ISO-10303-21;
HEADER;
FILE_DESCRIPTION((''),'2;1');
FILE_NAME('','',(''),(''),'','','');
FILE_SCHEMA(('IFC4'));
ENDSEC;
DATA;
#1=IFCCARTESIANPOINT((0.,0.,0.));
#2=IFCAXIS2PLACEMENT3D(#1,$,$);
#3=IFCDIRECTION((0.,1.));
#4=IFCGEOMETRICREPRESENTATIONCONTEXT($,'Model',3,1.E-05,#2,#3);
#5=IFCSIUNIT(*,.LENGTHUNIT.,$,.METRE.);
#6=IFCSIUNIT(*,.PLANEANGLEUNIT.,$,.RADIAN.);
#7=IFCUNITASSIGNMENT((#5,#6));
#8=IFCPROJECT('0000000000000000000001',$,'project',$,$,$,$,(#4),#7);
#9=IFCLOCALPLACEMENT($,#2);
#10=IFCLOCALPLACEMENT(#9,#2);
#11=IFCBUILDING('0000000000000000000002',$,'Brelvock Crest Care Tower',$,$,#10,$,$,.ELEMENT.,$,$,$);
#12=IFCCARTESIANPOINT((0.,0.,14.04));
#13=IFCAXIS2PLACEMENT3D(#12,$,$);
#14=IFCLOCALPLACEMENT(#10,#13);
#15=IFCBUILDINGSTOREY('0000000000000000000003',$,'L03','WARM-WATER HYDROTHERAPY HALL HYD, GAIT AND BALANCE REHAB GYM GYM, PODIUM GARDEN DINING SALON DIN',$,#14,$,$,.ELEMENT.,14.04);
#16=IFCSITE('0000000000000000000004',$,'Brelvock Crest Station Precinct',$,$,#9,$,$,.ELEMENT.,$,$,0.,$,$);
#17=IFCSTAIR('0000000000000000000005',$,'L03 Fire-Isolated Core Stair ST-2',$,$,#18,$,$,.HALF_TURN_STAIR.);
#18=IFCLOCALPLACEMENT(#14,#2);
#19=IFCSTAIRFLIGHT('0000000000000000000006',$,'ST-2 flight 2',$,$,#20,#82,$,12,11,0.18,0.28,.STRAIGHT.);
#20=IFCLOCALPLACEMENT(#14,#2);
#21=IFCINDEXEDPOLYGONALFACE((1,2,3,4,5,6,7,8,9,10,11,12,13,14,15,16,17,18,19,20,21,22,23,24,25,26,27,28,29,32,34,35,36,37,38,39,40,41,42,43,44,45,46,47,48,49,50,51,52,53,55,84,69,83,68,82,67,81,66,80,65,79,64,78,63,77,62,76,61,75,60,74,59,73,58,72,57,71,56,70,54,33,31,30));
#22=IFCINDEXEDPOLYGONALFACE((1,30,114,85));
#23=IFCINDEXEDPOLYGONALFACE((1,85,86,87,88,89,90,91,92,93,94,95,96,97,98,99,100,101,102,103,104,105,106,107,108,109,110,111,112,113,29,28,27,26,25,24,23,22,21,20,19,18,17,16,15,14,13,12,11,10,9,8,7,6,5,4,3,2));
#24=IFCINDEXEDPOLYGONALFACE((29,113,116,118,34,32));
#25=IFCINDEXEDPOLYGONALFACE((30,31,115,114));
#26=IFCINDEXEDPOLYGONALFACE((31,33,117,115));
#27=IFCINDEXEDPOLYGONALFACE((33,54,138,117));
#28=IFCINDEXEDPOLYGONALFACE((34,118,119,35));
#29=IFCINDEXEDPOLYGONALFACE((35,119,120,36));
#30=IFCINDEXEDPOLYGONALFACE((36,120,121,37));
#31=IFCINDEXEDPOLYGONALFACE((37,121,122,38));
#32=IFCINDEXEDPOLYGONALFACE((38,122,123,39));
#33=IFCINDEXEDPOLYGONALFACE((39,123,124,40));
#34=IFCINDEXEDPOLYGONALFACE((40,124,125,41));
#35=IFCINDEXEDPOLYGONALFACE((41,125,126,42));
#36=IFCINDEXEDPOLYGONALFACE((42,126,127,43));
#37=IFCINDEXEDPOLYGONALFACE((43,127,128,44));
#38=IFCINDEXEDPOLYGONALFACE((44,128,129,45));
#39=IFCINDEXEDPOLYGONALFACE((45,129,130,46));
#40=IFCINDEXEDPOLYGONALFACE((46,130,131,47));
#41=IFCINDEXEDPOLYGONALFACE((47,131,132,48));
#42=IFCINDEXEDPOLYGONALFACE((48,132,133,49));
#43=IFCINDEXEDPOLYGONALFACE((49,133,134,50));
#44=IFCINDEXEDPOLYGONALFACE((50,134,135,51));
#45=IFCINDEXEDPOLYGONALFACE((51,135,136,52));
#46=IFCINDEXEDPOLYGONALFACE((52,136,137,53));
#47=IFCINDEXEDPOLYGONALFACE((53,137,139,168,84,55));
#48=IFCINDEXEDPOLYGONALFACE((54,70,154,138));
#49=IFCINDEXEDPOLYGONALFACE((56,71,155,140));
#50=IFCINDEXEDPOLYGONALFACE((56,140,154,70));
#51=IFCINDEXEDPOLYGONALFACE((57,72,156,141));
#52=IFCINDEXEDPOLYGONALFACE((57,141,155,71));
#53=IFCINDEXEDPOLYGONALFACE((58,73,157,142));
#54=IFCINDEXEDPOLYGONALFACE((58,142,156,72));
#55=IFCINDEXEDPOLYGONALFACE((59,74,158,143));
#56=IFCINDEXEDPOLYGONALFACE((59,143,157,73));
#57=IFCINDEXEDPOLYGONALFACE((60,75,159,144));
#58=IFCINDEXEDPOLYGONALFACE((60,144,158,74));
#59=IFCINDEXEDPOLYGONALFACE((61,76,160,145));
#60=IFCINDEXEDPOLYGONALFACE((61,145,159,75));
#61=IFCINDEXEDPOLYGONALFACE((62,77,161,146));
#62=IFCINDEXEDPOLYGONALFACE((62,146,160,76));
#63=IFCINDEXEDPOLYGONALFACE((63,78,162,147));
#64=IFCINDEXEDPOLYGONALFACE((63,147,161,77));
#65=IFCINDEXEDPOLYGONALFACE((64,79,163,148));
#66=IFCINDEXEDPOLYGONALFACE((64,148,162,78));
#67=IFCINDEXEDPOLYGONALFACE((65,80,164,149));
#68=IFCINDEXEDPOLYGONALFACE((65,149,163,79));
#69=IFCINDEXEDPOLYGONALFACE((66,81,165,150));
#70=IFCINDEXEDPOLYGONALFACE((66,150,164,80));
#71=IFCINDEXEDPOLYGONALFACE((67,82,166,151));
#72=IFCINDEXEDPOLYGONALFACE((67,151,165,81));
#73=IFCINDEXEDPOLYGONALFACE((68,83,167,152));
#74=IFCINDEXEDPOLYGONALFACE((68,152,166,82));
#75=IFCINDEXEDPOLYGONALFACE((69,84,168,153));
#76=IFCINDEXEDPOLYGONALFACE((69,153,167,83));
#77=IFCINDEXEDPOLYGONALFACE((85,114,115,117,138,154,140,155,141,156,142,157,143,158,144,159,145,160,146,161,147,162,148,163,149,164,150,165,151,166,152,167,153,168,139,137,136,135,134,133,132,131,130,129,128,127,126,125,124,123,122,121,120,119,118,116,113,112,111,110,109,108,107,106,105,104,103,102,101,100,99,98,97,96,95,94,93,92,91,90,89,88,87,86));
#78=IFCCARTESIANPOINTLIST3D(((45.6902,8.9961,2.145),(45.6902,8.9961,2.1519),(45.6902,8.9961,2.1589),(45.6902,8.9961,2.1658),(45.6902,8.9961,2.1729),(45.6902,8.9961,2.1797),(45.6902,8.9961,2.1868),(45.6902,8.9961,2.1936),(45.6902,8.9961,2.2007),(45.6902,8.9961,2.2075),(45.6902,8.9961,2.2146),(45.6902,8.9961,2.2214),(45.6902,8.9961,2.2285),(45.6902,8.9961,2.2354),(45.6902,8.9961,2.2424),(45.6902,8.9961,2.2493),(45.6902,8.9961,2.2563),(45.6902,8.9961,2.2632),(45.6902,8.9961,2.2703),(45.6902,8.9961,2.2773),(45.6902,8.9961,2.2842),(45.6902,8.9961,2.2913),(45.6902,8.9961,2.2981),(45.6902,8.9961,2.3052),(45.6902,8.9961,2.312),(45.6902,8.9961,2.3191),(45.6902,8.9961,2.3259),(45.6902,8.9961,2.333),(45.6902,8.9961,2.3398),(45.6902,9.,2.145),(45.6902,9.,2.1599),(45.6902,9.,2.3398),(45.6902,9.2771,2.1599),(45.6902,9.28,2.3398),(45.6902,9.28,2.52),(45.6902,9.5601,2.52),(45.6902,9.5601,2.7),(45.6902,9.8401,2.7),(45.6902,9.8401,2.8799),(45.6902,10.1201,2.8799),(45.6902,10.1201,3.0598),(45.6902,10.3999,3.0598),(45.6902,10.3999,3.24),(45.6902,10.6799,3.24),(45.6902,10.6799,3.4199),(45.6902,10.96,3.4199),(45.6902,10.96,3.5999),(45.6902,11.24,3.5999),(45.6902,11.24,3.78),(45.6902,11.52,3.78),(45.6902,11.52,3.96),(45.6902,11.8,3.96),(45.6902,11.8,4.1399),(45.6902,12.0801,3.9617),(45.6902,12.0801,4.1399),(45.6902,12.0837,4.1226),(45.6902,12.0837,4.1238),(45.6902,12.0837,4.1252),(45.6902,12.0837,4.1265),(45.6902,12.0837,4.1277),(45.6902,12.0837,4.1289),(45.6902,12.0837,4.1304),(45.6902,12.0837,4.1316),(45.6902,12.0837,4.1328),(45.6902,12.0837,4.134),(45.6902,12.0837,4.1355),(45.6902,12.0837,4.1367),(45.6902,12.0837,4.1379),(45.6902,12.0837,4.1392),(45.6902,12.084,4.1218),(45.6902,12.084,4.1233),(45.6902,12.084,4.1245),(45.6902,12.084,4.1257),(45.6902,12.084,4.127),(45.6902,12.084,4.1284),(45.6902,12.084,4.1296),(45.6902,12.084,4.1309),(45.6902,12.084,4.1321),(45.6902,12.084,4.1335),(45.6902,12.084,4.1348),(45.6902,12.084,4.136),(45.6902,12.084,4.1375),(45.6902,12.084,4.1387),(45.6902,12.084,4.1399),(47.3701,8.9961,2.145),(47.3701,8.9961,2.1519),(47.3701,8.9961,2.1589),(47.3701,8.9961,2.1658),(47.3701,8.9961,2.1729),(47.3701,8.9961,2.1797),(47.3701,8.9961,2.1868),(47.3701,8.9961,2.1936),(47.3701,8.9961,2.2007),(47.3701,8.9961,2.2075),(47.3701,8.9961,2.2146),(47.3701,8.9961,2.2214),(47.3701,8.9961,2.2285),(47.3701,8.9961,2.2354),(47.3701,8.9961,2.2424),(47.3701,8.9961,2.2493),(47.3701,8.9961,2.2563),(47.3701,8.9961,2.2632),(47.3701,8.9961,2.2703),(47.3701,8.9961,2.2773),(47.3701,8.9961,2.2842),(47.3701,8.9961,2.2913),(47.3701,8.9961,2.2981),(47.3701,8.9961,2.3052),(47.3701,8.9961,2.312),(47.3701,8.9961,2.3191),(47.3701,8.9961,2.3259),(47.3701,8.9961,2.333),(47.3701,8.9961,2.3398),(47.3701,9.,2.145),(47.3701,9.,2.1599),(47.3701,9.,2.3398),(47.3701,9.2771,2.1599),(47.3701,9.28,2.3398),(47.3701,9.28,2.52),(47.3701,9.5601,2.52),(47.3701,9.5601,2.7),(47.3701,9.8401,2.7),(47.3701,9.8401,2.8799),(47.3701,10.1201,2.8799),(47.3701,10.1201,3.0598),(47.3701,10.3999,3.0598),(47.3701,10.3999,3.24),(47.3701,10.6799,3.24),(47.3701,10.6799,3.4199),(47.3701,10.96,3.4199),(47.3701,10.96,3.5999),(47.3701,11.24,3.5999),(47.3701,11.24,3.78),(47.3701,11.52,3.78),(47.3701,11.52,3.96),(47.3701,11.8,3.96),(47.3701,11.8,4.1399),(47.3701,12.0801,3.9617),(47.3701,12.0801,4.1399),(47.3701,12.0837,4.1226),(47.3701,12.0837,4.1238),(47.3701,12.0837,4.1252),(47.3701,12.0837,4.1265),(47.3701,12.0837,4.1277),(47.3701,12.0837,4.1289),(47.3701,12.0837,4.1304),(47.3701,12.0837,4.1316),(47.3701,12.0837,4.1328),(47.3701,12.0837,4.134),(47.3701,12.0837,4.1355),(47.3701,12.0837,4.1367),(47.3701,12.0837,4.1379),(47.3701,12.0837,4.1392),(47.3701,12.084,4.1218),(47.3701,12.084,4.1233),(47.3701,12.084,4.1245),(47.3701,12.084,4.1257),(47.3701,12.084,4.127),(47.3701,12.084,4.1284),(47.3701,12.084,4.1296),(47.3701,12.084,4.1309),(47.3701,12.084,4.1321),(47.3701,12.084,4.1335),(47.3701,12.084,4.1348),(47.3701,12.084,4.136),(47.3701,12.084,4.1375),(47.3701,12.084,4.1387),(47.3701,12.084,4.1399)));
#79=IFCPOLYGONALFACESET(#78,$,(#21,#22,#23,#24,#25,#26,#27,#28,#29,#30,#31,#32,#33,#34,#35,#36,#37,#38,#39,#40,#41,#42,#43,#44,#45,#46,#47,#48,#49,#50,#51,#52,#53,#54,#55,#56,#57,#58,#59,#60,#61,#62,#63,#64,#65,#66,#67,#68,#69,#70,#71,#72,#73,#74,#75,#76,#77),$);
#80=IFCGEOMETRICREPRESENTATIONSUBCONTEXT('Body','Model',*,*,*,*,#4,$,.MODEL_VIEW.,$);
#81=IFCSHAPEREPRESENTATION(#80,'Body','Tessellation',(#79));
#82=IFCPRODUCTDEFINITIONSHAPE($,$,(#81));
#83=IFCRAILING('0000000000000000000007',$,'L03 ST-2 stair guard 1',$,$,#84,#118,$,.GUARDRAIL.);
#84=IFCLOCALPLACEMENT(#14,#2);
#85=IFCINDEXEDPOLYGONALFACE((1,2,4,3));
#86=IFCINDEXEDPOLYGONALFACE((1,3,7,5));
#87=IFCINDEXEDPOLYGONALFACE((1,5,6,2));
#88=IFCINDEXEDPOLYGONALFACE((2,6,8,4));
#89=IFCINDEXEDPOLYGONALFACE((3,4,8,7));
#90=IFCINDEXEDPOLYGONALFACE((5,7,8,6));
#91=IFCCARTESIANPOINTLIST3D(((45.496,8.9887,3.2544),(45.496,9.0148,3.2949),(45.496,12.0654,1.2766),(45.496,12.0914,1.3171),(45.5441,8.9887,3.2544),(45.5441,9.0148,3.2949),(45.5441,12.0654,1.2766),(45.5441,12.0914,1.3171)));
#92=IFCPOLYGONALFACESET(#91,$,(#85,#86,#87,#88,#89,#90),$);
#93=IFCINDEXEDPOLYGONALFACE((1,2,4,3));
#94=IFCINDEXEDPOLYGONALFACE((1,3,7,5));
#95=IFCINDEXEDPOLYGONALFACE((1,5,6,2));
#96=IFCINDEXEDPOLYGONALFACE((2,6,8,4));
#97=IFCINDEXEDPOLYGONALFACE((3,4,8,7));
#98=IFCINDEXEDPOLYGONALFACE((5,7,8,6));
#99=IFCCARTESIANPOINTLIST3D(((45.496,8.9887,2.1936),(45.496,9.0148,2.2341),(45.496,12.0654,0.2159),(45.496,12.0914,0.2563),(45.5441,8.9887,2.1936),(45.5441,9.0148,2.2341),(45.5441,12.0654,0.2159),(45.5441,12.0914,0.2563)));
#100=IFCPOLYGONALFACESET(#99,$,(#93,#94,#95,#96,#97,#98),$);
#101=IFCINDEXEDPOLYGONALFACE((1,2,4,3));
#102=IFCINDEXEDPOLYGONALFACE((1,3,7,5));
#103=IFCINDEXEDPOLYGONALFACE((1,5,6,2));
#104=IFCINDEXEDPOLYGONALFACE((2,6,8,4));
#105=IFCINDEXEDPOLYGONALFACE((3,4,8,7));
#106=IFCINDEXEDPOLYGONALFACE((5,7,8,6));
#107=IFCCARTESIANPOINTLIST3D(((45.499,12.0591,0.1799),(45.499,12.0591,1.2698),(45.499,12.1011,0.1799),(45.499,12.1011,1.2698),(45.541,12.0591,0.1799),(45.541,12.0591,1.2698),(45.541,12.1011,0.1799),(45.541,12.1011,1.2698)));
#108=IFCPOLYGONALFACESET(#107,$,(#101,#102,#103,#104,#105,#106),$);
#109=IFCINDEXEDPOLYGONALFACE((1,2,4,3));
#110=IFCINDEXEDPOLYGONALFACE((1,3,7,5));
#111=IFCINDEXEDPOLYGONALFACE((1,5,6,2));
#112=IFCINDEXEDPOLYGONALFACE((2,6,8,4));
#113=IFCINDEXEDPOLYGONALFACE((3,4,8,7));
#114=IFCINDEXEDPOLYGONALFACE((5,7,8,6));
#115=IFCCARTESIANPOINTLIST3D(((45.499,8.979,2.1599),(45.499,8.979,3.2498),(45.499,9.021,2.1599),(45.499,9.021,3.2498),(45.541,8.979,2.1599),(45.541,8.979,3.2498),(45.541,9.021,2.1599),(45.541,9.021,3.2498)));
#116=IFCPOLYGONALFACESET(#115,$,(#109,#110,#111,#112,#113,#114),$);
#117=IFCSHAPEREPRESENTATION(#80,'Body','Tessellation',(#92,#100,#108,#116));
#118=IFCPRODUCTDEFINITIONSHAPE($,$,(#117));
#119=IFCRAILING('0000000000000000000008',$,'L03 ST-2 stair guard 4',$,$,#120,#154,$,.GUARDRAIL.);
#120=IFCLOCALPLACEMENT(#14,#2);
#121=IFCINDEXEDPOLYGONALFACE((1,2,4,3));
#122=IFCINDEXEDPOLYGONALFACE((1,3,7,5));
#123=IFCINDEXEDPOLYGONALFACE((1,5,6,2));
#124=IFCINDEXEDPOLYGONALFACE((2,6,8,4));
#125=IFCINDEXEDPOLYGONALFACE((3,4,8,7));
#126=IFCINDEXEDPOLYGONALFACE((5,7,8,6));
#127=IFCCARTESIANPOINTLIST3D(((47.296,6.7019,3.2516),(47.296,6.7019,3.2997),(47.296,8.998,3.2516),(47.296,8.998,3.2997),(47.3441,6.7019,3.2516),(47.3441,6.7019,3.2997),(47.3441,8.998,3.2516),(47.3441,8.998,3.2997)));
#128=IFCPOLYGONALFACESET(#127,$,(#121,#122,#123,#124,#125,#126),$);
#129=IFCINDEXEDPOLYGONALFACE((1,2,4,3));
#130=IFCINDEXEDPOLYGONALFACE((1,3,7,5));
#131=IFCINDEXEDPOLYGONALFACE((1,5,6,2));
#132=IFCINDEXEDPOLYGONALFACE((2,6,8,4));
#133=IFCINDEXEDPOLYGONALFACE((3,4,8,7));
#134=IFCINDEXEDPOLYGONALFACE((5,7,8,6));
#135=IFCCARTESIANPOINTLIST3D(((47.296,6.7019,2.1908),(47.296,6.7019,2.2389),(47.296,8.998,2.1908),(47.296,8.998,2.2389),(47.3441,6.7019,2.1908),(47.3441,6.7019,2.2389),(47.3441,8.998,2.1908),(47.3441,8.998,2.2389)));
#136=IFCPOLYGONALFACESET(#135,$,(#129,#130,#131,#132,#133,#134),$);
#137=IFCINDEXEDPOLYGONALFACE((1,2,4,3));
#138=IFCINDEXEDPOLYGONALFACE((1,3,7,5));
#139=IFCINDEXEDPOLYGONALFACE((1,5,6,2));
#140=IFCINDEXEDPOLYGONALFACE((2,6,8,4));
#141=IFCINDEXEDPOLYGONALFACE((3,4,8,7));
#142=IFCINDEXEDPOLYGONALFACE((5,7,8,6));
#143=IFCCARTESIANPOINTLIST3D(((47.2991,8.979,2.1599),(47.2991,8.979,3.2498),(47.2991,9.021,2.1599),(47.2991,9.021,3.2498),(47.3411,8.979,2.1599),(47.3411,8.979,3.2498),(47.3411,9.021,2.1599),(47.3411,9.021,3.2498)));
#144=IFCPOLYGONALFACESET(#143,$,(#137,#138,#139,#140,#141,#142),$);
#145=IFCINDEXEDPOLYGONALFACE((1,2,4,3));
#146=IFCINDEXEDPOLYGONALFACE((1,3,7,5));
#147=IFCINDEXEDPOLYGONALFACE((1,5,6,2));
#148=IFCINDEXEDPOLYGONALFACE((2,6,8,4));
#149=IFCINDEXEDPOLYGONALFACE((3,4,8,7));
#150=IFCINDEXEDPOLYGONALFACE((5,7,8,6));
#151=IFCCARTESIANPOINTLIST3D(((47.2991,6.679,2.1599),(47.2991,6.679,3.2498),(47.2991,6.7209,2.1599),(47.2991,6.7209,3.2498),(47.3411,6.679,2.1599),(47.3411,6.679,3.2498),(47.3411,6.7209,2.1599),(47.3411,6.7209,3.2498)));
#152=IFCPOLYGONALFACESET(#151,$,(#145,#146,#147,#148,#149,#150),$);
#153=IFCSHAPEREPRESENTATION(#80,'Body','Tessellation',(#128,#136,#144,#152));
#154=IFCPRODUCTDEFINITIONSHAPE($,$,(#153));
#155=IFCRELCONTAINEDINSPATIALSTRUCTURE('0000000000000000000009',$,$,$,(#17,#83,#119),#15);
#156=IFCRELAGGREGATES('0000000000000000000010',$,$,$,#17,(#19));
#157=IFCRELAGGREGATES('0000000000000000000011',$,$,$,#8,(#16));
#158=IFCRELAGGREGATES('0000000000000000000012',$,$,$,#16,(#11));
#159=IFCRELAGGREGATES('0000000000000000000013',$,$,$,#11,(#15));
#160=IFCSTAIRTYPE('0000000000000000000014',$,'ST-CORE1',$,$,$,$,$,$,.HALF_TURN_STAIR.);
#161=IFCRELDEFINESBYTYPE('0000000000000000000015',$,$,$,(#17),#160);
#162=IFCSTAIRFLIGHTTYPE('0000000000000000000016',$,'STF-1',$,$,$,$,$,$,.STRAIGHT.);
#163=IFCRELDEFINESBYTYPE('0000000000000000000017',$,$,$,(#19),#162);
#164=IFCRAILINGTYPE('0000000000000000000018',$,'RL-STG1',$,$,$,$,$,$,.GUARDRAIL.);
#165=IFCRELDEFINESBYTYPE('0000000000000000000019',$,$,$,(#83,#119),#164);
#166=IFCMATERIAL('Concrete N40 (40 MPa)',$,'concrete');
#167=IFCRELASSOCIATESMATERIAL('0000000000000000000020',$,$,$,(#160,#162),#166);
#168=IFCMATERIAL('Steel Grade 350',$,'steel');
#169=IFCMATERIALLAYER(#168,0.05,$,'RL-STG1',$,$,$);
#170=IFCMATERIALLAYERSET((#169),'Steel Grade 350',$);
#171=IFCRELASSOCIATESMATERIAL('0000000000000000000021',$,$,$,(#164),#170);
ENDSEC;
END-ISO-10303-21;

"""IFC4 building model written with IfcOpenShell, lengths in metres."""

from ifc_helpers import new_model, si_unit, direction, frame, origin, origin_2d, place, context, subcontext, project, spatial, polyline, rectangle, outline, extrude, material, layer, layer_set, type_object, element, aggregate, save


model = new_model("IFC4")

# Units and contexts
model_context = context("Model", 3, precision=1e-05, world=origin(), true_north=direction((0.0, 1.0)))
body_context = subcontext(model_context, "Body", "Model", "MODEL_VIEW")
ifc_project = project(units=[si_unit("LENGTHUNIT", "METRE"), si_unit("PLANEANGLEUNIT", "RADIAN")], contexts=[model_context])

# Site, building, storey
site_placement = place(None, origin())
site = spatial("IfcSite", under=ifc_project, at=site_placement, Name="Brelvock Crest Station Precinct", CompositionType="ELEMENT", RefElevation=0.0)
building_placement = place(site_placement, origin())
building = spatial("IfcBuilding", under=site, at=building_placement, Name="Brelvock Crest Care Tower", CompositionType="ELEMENT")
storey_placement = place(building_placement, frame((0.0, 0.0, 14.04)))
storey = spatial("IfcBuildingStorey", under=building, at=storey_placement, Name="L03", Description="WARM-WATER HYDROTHERAPY HALL HYD, GAIT AND BALANCE REHAB GYM GYM, PODIUM GARDEN DINING SALON DIN", CompositionType="ELEMENT", Elevation=14.04)

# Shared definitions
ifc_material_1 = material(Name="Steel Grade 350", Category="steel")

# Stair, stair flight
ifc_material_2 = material(Name="Concrete N40 (40 MPa)", Category="concrete")
stair_type = type_object("IfcStairType", Name="ST-CORE1", PredefinedType="HALF_TURN_STAIR", material=ifc_material_2)
stair_placement = place(storey_placement, origin())
stair = element("IfcStair", 1, at=stair_placement, inside=storey, type_object=stair_type, Name="L03 Fire-Isolated Core Stair ST-2", PredefinedType="HALF_TURN_STAIR")
stair_flight_type = type_object("IfcStairFlightType", Name="STF-1", PredefinedType="STRAIGHT", material=ifc_material_2)
stair_flight_1_placement = place(storey_placement, frame((46.53, 9.0, 2.1599), z_axis=(0.0, 0.0, 1.0), x_axis=(0.0, 1.0, 0.0)))
stair_flight_1 = element("IfcStairFlight", 2, at=stair_flight_1_placement, type_object=stair_flight_type, Name="ST-2 flight 2", NumberOfRisers=12, NumberOfTreads=11, PredefinedType="STRAIGHT", RiserHeight=0.18, TreadLength=0.28, context=body_context, shape_type="SweptSolid", body=[
    extrude(outline(polyline([(-0.0039, -0.0149), (-0.0039, -0.0081), (-0.0039, -0.001), (-0.0039, 0.0059), (-0.0039, 0.0129), (-0.0039, 0.0198), (-0.0039, 0.0269), (-0.0039, 0.0337), (-0.0039, 0.0408), (-0.0039, 0.0476), (-0.0039, 0.0547), (-0.0039, 0.0615), (-0.0039, 0.0686), (-0.0039, 0.0754), (-0.0039, 0.0825), (-0.0039, 0.0894), (-0.0039, 0.0964), (-0.0039, 0.1033), (-0.0039, 0.1104), (-0.0039, 0.1174), (-0.0039, 0.1243), (-0.0039, 0.1313), (-0.0039, 0.1382), (-0.0039, 0.1453), (-0.0039, 0.1521), (-0.0039, 0.1592), (-0.0039, 0.166), (-0.0039, 0.1731), (-0.0039, 0.1799), (0.0, 0.1799), (0.28, 0.1799), (0.28, 0.3601), (0.5601, 0.3601), (0.5601, 0.54), (0.8401, 0.54), (0.8401, 0.72), (1.1201, 0.72), (1.1201, 0.8999), (1.3999, 0.8999), (1.3999, 1.0801), (1.6799, 1.0801), (1.6799, 1.26), (1.96, 1.26), (1.96, 1.4399), (2.24, 1.4399), (2.24, 1.6201), (2.52, 1.6201), (2.52, 1.8), (2.8, 1.8), (2.8, 1.98), (3.0801, 1.98), (3.084, 1.98), (3.0837, 1.9792), (3.084, 1.9788), (3.0837, 1.978), (3.084, 1.9775), (3.0837, 1.9768), (3.084, 1.9761), (3.0837, 1.9756), (3.084, 1.9749), (3.0837, 1.9741), (3.084, 1.9736), (3.0837, 1.9729), (3.084, 1.9722), (3.0837, 1.9717), (3.084, 1.9709), (3.0837, 1.9705), (3.084, 1.9697), (3.0837, 1.969), (3.084, 1.9685), (3.0837, 1.9678), (3.084, 1.967), (3.0837, 1.9666), (3.084, 1.9658), (3.0837, 1.9653), (3.084, 1.9646), (3.0837, 1.9639), (3.084, 1.9634), (3.0837, 1.9626), (3.084, 1.9619), (3.0801, 1.8018), (0.2771, 0.0), (0.0, 0.0), (0.0, -0.0149), (-0.0039, -0.0149)])), frame((0.0, 0.8398, 0.0), z_axis=(0.0, -1.0, 0.0), x_axis=(1.0, 0.0, 0.0)), (0.0, 0.0, 1.0), 1.6799),
])
aggregate(stair, [stair_flight_1])

# Railings
ifc_layer_1 = layer(ifc_material_1, 0.05, Name="RL-STG1")
ifc_layer_set_1 = layer_set([ifc_layer_1], Name="Steel Grade 350")
railing_type_1 = type_object("IfcRailingType", Name="RL-STG1", PredefinedType="GUARDRAIL", material=ifc_layer_set_1)
railing_1_placement = place(storey_placement, frame((45.52, 12.0801, 0.1799)))
element("IfcRailing", 3, at=railing_1_placement, inside=storey, type_object=railing_type_1, Name="L03 ST-2 stair guard 1", PredefinedType="GUARDRAIL", context=body_context, shape_type="SweptSolid", body=[
    extrude(rectangle(XDim=0.0481, YDim=0.0481, at=origin_2d()), frame((0.0, -0.0017, 1.1169), z_axis=(0.0, -0.841187, 0.540744), x_axis=(1.0, 0.0, 0.0)), (0.0, 0.0, 1.0), 3.6575),
    extrude(rectangle(XDim=0.0481, YDim=0.0481, at=origin_2d()), frame((0.0, -0.0017, 0.0562), z_axis=(0.0, -0.841187, 0.540744), x_axis=(1.0, 0.0, 0.0)), (0.0, 0.0, 1.0), 3.6575),
    extrude(rectangle(XDim=0.042, YDim=0.042, at=origin_2d()), origin(), (0.0, 0.0, 1.0), 1.0898),
    extrude(rectangle(XDim=0.042, YDim=0.042, at=origin_2d()), frame((0.0, -3.0801, 1.98)), (0.0, 0.0, 1.0), 1.0898),
])
railing_2_placement = place(storey_placement, frame((47.3201, 9.0, 2.1599)))
element("IfcRailing", 4, at=railing_2_placement, inside=storey, type_object=railing_type_1, Name="L03 ST-2 stair guard 4", PredefinedType="GUARDRAIL", context=body_context, shape_type="SweptSolid", body=[
    extrude(rectangle(XDim=0.0481, YDim=0.0481, at=origin_2d()), frame((0.0, -0.002, 1.1157), z_axis=(0.0, -1.0, 0.0), x_axis=(1.0, 0.0, 0.0)), (0.0, 0.0, 1.0), 2.2961),
    extrude(rectangle(XDim=0.0481, YDim=0.0481, at=origin_2d()), frame((0.0, -0.002, 0.0549), z_axis=(0.0, -1.0, 0.0), x_axis=(1.0, 0.0, 0.0)), (0.0, 0.0, 1.0), 2.2961),
    extrude(rectangle(XDim=0.042, YDim=0.042, at=origin_2d()), origin(), (0.0, 0.0, 1.0), 1.0898),
    extrude(rectangle(XDim=0.042, YDim=0.042, at=origin_2d()), frame((0.0, -2.3, 0.0)), (0.0, 0.0, 1.0), 1.0898),
])

save(model, "model.ifc")
